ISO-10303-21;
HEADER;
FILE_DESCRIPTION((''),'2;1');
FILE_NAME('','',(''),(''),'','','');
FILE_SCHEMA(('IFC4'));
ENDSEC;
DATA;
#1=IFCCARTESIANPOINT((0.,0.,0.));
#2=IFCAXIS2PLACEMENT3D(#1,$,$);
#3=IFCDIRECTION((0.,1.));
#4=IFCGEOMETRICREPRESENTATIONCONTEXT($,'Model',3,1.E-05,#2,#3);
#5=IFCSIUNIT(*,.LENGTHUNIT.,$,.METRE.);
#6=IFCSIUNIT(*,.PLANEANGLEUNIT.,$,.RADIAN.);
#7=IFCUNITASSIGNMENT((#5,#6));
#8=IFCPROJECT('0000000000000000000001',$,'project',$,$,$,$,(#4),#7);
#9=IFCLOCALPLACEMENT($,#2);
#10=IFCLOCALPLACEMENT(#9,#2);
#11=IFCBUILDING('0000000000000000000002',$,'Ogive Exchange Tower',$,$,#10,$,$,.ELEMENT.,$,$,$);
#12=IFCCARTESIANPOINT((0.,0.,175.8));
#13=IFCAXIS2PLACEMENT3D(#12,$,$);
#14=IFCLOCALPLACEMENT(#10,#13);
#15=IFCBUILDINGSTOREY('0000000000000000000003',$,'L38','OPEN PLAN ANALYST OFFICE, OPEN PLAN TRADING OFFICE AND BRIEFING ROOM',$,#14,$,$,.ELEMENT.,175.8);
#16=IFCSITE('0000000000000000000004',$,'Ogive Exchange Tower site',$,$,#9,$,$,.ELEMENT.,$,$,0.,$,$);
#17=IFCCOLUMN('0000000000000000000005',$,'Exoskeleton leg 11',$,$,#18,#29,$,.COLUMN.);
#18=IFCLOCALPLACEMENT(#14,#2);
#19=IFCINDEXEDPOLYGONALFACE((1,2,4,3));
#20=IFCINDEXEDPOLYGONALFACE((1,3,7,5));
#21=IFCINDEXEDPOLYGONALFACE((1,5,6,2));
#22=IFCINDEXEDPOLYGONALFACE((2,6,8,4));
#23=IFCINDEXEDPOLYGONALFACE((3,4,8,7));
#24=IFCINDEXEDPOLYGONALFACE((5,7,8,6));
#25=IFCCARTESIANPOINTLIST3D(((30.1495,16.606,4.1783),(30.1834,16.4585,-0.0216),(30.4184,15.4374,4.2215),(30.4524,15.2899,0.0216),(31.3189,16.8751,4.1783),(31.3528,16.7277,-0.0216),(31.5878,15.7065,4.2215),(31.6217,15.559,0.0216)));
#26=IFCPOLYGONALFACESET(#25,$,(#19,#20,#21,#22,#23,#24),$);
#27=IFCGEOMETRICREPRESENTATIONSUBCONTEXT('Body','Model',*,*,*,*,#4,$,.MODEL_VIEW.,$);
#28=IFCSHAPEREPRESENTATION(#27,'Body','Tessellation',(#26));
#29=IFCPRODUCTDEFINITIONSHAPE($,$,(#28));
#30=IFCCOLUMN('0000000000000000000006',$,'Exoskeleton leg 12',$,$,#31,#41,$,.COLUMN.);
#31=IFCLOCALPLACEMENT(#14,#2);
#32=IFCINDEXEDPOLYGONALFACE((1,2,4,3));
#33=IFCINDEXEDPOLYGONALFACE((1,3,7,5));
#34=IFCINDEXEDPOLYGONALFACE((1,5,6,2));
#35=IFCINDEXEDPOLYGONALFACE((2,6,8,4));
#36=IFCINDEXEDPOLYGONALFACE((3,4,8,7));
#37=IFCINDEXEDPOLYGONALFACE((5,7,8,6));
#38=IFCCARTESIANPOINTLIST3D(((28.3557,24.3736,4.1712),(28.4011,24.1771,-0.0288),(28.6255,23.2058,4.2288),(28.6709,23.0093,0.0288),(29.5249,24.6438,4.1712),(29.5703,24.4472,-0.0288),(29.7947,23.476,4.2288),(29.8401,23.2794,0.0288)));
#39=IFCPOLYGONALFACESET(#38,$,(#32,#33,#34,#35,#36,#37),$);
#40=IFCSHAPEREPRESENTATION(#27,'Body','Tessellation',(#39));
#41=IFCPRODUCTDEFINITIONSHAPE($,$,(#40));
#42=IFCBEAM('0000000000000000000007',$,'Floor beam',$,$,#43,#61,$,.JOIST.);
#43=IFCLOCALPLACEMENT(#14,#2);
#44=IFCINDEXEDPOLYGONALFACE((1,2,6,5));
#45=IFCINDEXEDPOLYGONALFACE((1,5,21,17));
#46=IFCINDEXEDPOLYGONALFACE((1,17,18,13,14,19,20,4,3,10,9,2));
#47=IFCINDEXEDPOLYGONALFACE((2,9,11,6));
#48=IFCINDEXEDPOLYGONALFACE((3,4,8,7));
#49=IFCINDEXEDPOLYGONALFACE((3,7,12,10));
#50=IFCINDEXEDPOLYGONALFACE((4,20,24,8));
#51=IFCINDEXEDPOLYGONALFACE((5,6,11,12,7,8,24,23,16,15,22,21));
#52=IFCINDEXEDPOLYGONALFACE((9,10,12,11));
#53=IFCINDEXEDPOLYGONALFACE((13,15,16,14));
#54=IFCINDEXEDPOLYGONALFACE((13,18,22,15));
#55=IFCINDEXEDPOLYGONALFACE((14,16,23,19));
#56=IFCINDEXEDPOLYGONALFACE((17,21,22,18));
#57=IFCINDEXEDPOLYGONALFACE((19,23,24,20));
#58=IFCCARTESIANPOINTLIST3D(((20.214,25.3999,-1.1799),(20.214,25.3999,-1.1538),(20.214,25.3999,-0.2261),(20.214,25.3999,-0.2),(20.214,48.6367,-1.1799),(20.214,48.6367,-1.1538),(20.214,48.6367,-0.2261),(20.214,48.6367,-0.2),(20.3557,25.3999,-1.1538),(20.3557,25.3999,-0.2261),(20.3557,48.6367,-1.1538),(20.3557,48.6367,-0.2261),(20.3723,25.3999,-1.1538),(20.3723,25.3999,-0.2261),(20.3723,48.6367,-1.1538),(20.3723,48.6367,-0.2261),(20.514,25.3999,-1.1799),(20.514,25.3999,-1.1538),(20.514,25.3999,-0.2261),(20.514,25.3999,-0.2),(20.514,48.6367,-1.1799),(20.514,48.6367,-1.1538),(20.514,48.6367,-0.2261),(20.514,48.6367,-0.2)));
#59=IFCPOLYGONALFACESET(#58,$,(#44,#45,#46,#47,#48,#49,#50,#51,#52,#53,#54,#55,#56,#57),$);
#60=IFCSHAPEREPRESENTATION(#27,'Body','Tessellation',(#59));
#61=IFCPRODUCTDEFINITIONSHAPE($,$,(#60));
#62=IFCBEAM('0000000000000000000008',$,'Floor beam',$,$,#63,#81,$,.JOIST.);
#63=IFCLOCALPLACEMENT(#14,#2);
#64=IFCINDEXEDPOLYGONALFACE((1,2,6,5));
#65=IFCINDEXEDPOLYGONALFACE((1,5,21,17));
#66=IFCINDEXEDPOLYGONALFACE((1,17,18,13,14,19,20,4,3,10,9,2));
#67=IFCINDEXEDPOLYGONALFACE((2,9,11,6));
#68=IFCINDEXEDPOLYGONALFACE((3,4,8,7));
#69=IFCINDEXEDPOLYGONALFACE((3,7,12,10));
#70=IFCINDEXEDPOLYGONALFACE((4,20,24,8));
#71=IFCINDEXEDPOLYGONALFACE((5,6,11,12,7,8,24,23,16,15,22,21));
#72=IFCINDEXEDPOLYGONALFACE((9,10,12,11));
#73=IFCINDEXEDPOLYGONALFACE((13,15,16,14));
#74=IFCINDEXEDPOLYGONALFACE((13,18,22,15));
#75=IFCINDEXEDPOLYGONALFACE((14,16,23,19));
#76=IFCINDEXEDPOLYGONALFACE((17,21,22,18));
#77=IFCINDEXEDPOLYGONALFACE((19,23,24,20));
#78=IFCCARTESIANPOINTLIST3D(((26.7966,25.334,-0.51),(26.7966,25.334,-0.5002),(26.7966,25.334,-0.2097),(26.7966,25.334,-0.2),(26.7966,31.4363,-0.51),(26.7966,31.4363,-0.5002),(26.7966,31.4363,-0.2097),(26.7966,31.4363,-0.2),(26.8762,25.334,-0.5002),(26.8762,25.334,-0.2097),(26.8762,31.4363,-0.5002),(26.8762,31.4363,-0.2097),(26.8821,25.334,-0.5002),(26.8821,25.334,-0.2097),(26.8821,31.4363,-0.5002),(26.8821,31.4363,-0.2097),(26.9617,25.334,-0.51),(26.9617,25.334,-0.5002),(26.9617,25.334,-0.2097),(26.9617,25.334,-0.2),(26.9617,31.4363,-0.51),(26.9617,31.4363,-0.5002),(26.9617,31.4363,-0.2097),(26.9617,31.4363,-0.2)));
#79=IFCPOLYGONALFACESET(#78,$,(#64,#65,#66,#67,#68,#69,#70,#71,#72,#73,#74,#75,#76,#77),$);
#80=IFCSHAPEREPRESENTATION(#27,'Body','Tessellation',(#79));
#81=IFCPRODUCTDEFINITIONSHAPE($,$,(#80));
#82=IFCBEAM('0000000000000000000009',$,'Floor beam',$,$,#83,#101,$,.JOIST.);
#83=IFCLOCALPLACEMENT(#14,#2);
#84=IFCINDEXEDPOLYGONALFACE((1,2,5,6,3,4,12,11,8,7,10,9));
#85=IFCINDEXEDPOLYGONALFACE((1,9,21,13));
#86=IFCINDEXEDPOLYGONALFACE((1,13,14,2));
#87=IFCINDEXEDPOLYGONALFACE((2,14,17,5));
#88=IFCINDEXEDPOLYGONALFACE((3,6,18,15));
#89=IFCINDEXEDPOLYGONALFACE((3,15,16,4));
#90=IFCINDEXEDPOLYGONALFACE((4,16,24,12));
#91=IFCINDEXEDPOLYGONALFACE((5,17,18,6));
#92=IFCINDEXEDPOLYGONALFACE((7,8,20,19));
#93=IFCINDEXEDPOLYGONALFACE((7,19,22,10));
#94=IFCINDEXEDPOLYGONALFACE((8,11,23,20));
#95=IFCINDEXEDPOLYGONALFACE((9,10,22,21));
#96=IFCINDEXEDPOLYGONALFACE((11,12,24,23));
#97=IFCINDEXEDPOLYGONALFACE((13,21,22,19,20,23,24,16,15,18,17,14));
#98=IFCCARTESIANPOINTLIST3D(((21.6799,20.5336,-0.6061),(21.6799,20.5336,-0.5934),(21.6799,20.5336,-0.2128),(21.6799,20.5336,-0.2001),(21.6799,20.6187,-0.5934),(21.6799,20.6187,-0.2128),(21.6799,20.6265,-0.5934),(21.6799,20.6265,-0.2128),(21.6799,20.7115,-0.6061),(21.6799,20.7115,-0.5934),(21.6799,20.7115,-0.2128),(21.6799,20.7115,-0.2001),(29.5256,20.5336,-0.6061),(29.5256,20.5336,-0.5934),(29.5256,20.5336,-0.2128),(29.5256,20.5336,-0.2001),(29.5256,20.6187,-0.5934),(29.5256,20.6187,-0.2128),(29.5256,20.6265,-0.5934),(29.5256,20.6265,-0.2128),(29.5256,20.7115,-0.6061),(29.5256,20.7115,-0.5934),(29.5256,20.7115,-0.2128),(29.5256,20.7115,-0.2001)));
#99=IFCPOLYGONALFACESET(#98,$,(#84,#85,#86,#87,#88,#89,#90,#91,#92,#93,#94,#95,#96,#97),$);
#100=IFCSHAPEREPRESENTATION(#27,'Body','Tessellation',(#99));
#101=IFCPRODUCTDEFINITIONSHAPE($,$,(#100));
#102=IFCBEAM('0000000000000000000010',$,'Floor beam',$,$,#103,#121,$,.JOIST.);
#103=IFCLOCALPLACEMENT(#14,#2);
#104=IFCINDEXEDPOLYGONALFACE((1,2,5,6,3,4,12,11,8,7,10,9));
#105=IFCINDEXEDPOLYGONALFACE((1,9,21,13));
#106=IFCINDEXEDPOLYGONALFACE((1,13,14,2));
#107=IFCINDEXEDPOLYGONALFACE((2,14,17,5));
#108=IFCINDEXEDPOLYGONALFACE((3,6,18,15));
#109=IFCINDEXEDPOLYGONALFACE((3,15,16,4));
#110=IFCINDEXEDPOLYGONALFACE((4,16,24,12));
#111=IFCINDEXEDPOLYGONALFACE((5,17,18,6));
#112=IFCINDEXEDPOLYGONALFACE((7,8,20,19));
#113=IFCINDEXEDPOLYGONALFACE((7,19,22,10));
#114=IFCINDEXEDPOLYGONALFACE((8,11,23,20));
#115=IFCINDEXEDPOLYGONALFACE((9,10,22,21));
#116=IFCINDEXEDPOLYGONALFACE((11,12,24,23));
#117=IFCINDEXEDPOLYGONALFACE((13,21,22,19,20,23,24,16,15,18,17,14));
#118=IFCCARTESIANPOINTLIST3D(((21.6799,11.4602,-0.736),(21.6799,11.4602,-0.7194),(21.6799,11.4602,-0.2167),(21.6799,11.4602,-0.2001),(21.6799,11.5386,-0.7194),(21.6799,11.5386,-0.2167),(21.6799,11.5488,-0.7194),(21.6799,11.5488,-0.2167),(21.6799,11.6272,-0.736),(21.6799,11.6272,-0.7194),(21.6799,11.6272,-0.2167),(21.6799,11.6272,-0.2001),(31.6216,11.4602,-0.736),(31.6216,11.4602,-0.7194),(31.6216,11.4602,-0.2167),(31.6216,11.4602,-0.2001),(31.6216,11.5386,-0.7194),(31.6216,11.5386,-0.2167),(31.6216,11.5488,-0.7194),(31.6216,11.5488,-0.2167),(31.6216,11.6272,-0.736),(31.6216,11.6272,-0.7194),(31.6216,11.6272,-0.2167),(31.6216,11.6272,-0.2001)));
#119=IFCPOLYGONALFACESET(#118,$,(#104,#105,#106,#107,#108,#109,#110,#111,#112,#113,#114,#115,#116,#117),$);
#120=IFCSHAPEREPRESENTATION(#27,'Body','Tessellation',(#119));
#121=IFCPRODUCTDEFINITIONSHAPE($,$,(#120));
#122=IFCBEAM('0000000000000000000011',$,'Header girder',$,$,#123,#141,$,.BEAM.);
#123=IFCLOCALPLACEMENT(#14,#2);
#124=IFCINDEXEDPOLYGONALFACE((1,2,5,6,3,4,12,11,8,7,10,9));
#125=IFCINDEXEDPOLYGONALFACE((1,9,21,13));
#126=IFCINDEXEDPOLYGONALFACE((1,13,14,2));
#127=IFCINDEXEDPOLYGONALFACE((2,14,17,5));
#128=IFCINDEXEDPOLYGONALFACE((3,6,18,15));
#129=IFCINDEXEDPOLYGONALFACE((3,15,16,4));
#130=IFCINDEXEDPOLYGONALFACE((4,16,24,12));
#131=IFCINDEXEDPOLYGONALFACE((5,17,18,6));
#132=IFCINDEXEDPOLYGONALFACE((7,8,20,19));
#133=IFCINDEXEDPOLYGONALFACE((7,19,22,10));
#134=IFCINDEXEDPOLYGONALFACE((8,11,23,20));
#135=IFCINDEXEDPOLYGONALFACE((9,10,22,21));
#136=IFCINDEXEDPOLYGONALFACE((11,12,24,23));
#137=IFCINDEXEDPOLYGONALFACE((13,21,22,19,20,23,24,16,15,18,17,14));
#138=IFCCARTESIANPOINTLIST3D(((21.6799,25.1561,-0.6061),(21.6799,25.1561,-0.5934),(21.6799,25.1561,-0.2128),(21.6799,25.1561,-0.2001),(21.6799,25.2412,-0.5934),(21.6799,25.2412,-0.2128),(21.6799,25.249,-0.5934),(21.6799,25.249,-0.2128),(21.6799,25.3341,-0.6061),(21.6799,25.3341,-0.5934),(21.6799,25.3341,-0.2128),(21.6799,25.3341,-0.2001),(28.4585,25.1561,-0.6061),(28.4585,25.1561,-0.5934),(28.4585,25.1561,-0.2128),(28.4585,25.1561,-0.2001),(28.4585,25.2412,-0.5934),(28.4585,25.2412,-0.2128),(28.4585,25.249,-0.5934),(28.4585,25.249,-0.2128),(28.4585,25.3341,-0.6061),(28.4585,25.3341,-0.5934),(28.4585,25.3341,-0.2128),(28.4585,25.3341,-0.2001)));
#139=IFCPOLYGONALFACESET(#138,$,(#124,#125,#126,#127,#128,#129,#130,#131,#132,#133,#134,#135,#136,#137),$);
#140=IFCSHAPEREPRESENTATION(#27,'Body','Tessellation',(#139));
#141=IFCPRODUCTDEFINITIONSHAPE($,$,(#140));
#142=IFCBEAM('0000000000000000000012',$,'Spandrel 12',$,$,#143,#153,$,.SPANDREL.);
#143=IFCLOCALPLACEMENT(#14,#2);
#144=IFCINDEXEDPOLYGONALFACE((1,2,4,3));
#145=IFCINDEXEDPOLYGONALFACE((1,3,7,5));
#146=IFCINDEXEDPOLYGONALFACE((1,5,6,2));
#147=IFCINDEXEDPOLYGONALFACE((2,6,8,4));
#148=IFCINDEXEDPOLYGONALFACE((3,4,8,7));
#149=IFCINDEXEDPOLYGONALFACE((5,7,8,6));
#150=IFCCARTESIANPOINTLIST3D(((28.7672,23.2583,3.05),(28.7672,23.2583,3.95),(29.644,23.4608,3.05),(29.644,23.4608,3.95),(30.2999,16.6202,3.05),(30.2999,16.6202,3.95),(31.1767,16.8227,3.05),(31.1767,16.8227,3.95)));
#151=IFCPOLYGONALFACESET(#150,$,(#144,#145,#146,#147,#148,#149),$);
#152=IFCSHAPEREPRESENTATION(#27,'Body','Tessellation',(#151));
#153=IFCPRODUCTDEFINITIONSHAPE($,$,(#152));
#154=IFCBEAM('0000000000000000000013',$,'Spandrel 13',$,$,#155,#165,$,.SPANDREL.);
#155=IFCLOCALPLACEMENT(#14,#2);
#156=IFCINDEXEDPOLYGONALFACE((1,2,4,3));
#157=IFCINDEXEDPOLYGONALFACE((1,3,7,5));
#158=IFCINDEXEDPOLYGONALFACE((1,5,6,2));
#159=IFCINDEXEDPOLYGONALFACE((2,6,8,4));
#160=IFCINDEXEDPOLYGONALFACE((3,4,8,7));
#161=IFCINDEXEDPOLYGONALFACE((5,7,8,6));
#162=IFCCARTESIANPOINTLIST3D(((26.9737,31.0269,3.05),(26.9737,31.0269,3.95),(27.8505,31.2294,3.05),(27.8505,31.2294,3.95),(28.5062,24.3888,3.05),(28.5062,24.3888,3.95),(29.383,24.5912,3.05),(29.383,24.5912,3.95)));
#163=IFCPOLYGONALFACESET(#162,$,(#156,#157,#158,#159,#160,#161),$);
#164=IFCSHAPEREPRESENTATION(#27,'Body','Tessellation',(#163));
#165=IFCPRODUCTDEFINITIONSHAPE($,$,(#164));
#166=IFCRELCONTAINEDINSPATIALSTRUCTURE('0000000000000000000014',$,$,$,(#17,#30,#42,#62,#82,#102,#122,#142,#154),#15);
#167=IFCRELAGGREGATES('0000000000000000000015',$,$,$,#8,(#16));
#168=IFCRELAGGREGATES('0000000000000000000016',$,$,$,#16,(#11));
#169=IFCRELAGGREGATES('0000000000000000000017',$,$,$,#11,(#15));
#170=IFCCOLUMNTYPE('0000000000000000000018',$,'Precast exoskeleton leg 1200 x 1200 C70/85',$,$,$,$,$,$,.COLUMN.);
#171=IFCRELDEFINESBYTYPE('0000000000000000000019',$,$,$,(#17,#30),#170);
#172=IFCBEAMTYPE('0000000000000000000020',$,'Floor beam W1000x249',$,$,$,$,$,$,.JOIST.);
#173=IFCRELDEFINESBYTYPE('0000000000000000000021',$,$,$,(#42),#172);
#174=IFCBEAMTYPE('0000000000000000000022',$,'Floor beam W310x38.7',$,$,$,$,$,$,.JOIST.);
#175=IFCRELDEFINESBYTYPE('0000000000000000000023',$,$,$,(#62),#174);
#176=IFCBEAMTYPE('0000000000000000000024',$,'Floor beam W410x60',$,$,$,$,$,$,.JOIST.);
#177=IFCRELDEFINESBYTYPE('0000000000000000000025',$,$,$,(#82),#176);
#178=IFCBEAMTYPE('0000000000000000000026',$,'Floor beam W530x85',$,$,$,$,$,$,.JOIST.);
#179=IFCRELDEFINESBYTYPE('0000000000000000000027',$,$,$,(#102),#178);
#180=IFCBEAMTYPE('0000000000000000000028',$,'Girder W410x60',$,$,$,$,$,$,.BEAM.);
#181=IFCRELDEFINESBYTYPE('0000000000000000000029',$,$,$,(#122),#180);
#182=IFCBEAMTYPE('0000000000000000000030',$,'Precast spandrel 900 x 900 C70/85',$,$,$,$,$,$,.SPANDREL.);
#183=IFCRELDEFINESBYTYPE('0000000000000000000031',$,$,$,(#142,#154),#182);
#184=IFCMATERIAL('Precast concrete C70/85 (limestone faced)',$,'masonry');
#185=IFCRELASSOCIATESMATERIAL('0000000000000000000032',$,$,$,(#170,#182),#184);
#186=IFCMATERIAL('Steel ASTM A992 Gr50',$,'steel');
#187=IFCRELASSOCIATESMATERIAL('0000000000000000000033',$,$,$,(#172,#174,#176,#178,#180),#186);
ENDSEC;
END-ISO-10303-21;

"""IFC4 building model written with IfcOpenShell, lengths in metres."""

from ifc_helpers import new_model, si_unit, direction, frame, origin, origin_2d, place, context, subcontext, project, spatial, rectangle, i_section, extrude, material, material_profile, profile_set, type_object, element, save


model = new_model("IFC4")

# Units and contexts
model_context = context("Model", 3, precision=1e-05, world=origin(), true_north=direction((0.0, 1.0)))
body_context = subcontext(model_context, "Body", "Model", "MODEL_VIEW")
ifc_project = project(units=[si_unit("LENGTHUNIT", "METRE"), si_unit("PLANEANGLEUNIT", "RADIAN")], contexts=[model_context])

# Site, building, storey
site_placement = place(None, origin())
site = spatial("IfcSite", under=ifc_project, at=site_placement, Name="Ogive Exchange Tower site", CompositionType="ELEMENT", RefElevation=0.0)
building_placement = place(site_placement, origin())
building = spatial("IfcBuilding", under=site, at=building_placement, Name="Ogive Exchange Tower", CompositionType="ELEMENT")
storey_placement = place(building_placement, frame((0.0, 0.0, 175.8)))
storey = spatial("IfcBuildingStorey", under=building, at=storey_placement, Name="L38", Description="OPEN PLAN ANALYST OFFICE, OPEN PLAN TRADING OFFICE AND BRIEFING ROOM", CompositionType="ELEMENT", Elevation=175.8)

# Columns
ifc_material_1 = material(Name="Precast concrete C70/85 (limestone faced)", Category="masonry")
ifc_material_profile_1 = material_profile(ifc_material_1, rectangle(XDim=1.2, YDim=1.2, at=origin_2d()), Name="1200 x 1200")
ifc_profile_set_1 = profile_set([ifc_material_profile_1], Name="Precast concrete C70/85 (limestone faced)")
column_type = type_object("IfcColumnType", Name="Precast exoskeleton leg 1200 x 1200 C70/85", PredefinedType="COLUMN", material=ifc_profile_set_1)
column_1_placement = place(storey_placement, frame((30.9026, 16.0088, 0.0), z_axis=(-0.008075, 0.035087, 0.999352), x_axis=(-0.974527, -0.22427, 0.0)))
element("IfcColumn", 1, at=column_1_placement, inside=storey, type_object=column_type, Name="Exoskeleton leg 11", PredefinedType="COLUMN", context=body_context, shape_type="SweptSolid", body=[
    extrude(rectangle(XDim=1.2, YDim=1.2, at=origin_2d()), origin(), (0.0, 0.0, 1.0), 4.2026),
])
column_2_placement = place(storey_placement, frame((29.1206, 23.7283, 0.0), z_axis=(-0.0108, 0.04674, 0.998849), x_axis=(-0.97433, -0.225125, 0.0)))
element("IfcColumn", 2, at=column_2_placement, inside=storey, type_object=column_type, Name="Exoskeleton leg 12", PredefinedType="COLUMN", context=body_context, shape_type="SweptSolid", body=[
    extrude(rectangle(XDim=1.2, YDim=1.2, at=origin_2d()), origin(), (0.0, 0.0, 1.0), 4.2048),
])

# Beams
ifc_material_2 = material(Name="Steel ASTM A992 Gr50", Category="steel")
ifc_material_profile_2 = material_profile(ifc_material_2, i_section(OverallWidth=0.3, OverallDepth=0.98, WebThickness=0.0166, FlangeThickness=0.0261, at=origin_2d()), Name="W1000x249")
ifc_profile_set_2 = profile_set([ifc_material_profile_2], Name="Steel ASTM A992 Gr50")
beam_type_1 = type_object("IfcBeamType", Name="Floor beam W1000x249", PredefinedType="JOIST", material=ifc_profile_set_2)
beam_1_placement = place(storey_placement, frame((20.364, 25.3999, -0.6899), z_axis=(0.0, 1.0, 0.0), x_axis=(-1.0, 0.0, 0.0)))
element("IfcBeam", 3, at=beam_1_placement, inside=storey, type_object=beam_type_1, Name="Floor beam", PredefinedType="JOIST", context=body_context, shape_type="SweptSolid", body=[
    extrude(i_section(OverallWidth=0.3, OverallDepth=0.98, WebThickness=0.0166, FlangeThickness=0.0261, at=origin_2d()), origin(), (0.0, 0.0, 1.0), 23.2368),
])
ifc_material_profile_3 = material_profile(ifc_material_2, i_section(OverallWidth=0.165, OverallDepth=0.3101, WebThickness=0.0059, FlangeThickness=0.0098, at=origin_2d()), Name="W310x38.7")
ifc_profile_set_3 = profile_set([ifc_material_profile_3], Name="Steel ASTM A992 Gr50")
beam_type_2 = type_object("IfcBeamType", Name="Floor beam W310x38.7", PredefinedType="JOIST", material=ifc_profile_set_3)
beam_2_placement = place(storey_placement, frame((26.8792, 25.334, -0.355), z_axis=(0.0, 1.0, 0.0), x_axis=(-1.0, 0.0, 0.0)))
element("IfcBeam", 4, at=beam_2_placement, inside=storey, type_object=beam_type_2, Name="Floor beam", PredefinedType="JOIST", context=body_context, shape_type="SweptSolid", body=[
    extrude(i_section(OverallWidth=0.165, OverallDepth=0.3101, WebThickness=0.0059, FlangeThickness=0.0098, at=origin_2d()), origin(), (0.0, 0.0, 1.0), 6.1023),
])
ifc_material_profile_4 = material_profile(ifc_material_2, i_section(OverallWidth=0.178, OverallDepth=0.406, WebThickness=0.0078, FlangeThickness=0.0127, at=origin_2d()), Name="W410x60")
ifc_profile_set_4 = profile_set([ifc_material_profile_4], Name="Steel ASTM A992 Gr50")
beam_type_3 = type_object("IfcBeamType", Name="Floor beam W410x60", PredefinedType="JOIST", material=ifc_profile_set_4)
beam_3_placement = place(storey_placement, frame((21.6799, 20.6226, -0.4031), z_axis=(1.0, 0.0, 0.0), x_axis=(0.0, 1.0, 0.0)))
element("IfcBeam", 5, at=beam_3_placement, inside=storey, type_object=beam_type_3, Name="Floor beam", PredefinedType="JOIST", context=body_context, shape_type="SweptSolid", body=[
    extrude(i_section(OverallWidth=0.178, OverallDepth=0.406, WebThickness=0.0078, FlangeThickness=0.0127, at=origin_2d()), origin(), (0.0, 0.0, 1.0), 7.8457),
])
ifc_material_profile_5 = material_profile(ifc_material_2, i_section(OverallWidth=0.167, OverallDepth=0.5359, WebThickness=0.0103, FlangeThickness=0.0166, at=origin_2d()), Name="W530x85")
ifc_profile_set_5 = profile_set([ifc_material_profile_5], Name="Steel ASTM A992 Gr50")
beam_type_4 = type_object("IfcBeamType", Name="Floor beam W530x85", PredefinedType="JOIST", material=ifc_profile_set_5)
beam_4_placement = place(storey_placement, frame((21.6799, 11.5437, -0.468), z_axis=(1.0, 0.0, 0.0), x_axis=(0.0, 1.0, 0.0)))
element("IfcBeam", 6, at=beam_4_placement, inside=storey, type_object=beam_type_4, Name="Floor beam", PredefinedType="JOIST", context=body_context, shape_type="SweptSolid", body=[
    extrude(i_section(OverallWidth=0.167, OverallDepth=0.5359, WebThickness=0.0103, FlangeThickness=0.0166, at=origin_2d()), origin(), (0.0, 0.0, 1.0), 9.9417),
])
ifc_material_profile_6 = material_profile(ifc_material_2, i_section(OverallWidth=0.178, OverallDepth=0.406, WebThickness=0.0078, FlangeThickness=0.0127, at=origin_2d()), Name="W410x60")
ifc_profile_set_6 = profile_set([ifc_material_profile_6], Name="Steel ASTM A992 Gr50")
beam_type_5 = type_object("IfcBeamType", Name="Girder W410x60", PredefinedType="BEAM", material=ifc_profile_set_6)
beam_5_placement = place(storey_placement, frame((21.6799, 25.2451, -0.4031), z_axis=(1.0, 0.0, 0.0), x_axis=(0.0, 1.0, 0.0)))
element("IfcBeam", 7, at=beam_5_placement, inside=storey, type_object=beam_type_5, Name="Header girder", PredefinedType="BEAM", context=body_context, shape_type="SweptSolid", body=[
    extrude(i_section(OverallWidth=0.178, OverallDepth=0.406, WebThickness=0.0078, FlangeThickness=0.0127, at=origin_2d()), origin(), (0.0, 0.0, 1.0), 6.7786),
])
ifc_material_profile_7 = material_profile(ifc_material_1, rectangle(XDim=0.8999, YDim=0.8999, at=origin_2d()), Name="900 x 900")
ifc_profile_set_7 = profile_set([ifc_material_profile_7], Name="Precast concrete C70/85 (limestone faced)")
beam_type_6 = type_object("IfcBeamType", Name="Precast spandrel 900 x 900 C70/85", PredefinedType="SPANDREL", material=ifc_profile_set_7)
for number, where, z_axis, x_axis, name in (
    (8, (30.7383, 16.7214, 3.5), (-0.224975, 0.974365, 0.0), (-0.974365, -0.224975, 0.0), "Spandrel 12"),
    (9, (28.9446, 24.49, 3.5), (-0.224941, 0.974372, 0.0), (-0.974372, -0.224941, 0.0), "Spandrel 13"),
):
    element("IfcBeam", number, at=place(storey_placement, frame(where, z_axis=z_axis, x_axis=x_axis)), inside=storey, type_object=beam_type_6, Name=name, PredefinedType="SPANDREL", context=body_context, shape_type="SweptSolid", body=[
        extrude(rectangle(XDim=0.8999, YDim=0.8999, at=origin_2d()), origin(), (0.0, 0.0, 1.0), 6.8127),
    ])

save(model, "model.ifc")
